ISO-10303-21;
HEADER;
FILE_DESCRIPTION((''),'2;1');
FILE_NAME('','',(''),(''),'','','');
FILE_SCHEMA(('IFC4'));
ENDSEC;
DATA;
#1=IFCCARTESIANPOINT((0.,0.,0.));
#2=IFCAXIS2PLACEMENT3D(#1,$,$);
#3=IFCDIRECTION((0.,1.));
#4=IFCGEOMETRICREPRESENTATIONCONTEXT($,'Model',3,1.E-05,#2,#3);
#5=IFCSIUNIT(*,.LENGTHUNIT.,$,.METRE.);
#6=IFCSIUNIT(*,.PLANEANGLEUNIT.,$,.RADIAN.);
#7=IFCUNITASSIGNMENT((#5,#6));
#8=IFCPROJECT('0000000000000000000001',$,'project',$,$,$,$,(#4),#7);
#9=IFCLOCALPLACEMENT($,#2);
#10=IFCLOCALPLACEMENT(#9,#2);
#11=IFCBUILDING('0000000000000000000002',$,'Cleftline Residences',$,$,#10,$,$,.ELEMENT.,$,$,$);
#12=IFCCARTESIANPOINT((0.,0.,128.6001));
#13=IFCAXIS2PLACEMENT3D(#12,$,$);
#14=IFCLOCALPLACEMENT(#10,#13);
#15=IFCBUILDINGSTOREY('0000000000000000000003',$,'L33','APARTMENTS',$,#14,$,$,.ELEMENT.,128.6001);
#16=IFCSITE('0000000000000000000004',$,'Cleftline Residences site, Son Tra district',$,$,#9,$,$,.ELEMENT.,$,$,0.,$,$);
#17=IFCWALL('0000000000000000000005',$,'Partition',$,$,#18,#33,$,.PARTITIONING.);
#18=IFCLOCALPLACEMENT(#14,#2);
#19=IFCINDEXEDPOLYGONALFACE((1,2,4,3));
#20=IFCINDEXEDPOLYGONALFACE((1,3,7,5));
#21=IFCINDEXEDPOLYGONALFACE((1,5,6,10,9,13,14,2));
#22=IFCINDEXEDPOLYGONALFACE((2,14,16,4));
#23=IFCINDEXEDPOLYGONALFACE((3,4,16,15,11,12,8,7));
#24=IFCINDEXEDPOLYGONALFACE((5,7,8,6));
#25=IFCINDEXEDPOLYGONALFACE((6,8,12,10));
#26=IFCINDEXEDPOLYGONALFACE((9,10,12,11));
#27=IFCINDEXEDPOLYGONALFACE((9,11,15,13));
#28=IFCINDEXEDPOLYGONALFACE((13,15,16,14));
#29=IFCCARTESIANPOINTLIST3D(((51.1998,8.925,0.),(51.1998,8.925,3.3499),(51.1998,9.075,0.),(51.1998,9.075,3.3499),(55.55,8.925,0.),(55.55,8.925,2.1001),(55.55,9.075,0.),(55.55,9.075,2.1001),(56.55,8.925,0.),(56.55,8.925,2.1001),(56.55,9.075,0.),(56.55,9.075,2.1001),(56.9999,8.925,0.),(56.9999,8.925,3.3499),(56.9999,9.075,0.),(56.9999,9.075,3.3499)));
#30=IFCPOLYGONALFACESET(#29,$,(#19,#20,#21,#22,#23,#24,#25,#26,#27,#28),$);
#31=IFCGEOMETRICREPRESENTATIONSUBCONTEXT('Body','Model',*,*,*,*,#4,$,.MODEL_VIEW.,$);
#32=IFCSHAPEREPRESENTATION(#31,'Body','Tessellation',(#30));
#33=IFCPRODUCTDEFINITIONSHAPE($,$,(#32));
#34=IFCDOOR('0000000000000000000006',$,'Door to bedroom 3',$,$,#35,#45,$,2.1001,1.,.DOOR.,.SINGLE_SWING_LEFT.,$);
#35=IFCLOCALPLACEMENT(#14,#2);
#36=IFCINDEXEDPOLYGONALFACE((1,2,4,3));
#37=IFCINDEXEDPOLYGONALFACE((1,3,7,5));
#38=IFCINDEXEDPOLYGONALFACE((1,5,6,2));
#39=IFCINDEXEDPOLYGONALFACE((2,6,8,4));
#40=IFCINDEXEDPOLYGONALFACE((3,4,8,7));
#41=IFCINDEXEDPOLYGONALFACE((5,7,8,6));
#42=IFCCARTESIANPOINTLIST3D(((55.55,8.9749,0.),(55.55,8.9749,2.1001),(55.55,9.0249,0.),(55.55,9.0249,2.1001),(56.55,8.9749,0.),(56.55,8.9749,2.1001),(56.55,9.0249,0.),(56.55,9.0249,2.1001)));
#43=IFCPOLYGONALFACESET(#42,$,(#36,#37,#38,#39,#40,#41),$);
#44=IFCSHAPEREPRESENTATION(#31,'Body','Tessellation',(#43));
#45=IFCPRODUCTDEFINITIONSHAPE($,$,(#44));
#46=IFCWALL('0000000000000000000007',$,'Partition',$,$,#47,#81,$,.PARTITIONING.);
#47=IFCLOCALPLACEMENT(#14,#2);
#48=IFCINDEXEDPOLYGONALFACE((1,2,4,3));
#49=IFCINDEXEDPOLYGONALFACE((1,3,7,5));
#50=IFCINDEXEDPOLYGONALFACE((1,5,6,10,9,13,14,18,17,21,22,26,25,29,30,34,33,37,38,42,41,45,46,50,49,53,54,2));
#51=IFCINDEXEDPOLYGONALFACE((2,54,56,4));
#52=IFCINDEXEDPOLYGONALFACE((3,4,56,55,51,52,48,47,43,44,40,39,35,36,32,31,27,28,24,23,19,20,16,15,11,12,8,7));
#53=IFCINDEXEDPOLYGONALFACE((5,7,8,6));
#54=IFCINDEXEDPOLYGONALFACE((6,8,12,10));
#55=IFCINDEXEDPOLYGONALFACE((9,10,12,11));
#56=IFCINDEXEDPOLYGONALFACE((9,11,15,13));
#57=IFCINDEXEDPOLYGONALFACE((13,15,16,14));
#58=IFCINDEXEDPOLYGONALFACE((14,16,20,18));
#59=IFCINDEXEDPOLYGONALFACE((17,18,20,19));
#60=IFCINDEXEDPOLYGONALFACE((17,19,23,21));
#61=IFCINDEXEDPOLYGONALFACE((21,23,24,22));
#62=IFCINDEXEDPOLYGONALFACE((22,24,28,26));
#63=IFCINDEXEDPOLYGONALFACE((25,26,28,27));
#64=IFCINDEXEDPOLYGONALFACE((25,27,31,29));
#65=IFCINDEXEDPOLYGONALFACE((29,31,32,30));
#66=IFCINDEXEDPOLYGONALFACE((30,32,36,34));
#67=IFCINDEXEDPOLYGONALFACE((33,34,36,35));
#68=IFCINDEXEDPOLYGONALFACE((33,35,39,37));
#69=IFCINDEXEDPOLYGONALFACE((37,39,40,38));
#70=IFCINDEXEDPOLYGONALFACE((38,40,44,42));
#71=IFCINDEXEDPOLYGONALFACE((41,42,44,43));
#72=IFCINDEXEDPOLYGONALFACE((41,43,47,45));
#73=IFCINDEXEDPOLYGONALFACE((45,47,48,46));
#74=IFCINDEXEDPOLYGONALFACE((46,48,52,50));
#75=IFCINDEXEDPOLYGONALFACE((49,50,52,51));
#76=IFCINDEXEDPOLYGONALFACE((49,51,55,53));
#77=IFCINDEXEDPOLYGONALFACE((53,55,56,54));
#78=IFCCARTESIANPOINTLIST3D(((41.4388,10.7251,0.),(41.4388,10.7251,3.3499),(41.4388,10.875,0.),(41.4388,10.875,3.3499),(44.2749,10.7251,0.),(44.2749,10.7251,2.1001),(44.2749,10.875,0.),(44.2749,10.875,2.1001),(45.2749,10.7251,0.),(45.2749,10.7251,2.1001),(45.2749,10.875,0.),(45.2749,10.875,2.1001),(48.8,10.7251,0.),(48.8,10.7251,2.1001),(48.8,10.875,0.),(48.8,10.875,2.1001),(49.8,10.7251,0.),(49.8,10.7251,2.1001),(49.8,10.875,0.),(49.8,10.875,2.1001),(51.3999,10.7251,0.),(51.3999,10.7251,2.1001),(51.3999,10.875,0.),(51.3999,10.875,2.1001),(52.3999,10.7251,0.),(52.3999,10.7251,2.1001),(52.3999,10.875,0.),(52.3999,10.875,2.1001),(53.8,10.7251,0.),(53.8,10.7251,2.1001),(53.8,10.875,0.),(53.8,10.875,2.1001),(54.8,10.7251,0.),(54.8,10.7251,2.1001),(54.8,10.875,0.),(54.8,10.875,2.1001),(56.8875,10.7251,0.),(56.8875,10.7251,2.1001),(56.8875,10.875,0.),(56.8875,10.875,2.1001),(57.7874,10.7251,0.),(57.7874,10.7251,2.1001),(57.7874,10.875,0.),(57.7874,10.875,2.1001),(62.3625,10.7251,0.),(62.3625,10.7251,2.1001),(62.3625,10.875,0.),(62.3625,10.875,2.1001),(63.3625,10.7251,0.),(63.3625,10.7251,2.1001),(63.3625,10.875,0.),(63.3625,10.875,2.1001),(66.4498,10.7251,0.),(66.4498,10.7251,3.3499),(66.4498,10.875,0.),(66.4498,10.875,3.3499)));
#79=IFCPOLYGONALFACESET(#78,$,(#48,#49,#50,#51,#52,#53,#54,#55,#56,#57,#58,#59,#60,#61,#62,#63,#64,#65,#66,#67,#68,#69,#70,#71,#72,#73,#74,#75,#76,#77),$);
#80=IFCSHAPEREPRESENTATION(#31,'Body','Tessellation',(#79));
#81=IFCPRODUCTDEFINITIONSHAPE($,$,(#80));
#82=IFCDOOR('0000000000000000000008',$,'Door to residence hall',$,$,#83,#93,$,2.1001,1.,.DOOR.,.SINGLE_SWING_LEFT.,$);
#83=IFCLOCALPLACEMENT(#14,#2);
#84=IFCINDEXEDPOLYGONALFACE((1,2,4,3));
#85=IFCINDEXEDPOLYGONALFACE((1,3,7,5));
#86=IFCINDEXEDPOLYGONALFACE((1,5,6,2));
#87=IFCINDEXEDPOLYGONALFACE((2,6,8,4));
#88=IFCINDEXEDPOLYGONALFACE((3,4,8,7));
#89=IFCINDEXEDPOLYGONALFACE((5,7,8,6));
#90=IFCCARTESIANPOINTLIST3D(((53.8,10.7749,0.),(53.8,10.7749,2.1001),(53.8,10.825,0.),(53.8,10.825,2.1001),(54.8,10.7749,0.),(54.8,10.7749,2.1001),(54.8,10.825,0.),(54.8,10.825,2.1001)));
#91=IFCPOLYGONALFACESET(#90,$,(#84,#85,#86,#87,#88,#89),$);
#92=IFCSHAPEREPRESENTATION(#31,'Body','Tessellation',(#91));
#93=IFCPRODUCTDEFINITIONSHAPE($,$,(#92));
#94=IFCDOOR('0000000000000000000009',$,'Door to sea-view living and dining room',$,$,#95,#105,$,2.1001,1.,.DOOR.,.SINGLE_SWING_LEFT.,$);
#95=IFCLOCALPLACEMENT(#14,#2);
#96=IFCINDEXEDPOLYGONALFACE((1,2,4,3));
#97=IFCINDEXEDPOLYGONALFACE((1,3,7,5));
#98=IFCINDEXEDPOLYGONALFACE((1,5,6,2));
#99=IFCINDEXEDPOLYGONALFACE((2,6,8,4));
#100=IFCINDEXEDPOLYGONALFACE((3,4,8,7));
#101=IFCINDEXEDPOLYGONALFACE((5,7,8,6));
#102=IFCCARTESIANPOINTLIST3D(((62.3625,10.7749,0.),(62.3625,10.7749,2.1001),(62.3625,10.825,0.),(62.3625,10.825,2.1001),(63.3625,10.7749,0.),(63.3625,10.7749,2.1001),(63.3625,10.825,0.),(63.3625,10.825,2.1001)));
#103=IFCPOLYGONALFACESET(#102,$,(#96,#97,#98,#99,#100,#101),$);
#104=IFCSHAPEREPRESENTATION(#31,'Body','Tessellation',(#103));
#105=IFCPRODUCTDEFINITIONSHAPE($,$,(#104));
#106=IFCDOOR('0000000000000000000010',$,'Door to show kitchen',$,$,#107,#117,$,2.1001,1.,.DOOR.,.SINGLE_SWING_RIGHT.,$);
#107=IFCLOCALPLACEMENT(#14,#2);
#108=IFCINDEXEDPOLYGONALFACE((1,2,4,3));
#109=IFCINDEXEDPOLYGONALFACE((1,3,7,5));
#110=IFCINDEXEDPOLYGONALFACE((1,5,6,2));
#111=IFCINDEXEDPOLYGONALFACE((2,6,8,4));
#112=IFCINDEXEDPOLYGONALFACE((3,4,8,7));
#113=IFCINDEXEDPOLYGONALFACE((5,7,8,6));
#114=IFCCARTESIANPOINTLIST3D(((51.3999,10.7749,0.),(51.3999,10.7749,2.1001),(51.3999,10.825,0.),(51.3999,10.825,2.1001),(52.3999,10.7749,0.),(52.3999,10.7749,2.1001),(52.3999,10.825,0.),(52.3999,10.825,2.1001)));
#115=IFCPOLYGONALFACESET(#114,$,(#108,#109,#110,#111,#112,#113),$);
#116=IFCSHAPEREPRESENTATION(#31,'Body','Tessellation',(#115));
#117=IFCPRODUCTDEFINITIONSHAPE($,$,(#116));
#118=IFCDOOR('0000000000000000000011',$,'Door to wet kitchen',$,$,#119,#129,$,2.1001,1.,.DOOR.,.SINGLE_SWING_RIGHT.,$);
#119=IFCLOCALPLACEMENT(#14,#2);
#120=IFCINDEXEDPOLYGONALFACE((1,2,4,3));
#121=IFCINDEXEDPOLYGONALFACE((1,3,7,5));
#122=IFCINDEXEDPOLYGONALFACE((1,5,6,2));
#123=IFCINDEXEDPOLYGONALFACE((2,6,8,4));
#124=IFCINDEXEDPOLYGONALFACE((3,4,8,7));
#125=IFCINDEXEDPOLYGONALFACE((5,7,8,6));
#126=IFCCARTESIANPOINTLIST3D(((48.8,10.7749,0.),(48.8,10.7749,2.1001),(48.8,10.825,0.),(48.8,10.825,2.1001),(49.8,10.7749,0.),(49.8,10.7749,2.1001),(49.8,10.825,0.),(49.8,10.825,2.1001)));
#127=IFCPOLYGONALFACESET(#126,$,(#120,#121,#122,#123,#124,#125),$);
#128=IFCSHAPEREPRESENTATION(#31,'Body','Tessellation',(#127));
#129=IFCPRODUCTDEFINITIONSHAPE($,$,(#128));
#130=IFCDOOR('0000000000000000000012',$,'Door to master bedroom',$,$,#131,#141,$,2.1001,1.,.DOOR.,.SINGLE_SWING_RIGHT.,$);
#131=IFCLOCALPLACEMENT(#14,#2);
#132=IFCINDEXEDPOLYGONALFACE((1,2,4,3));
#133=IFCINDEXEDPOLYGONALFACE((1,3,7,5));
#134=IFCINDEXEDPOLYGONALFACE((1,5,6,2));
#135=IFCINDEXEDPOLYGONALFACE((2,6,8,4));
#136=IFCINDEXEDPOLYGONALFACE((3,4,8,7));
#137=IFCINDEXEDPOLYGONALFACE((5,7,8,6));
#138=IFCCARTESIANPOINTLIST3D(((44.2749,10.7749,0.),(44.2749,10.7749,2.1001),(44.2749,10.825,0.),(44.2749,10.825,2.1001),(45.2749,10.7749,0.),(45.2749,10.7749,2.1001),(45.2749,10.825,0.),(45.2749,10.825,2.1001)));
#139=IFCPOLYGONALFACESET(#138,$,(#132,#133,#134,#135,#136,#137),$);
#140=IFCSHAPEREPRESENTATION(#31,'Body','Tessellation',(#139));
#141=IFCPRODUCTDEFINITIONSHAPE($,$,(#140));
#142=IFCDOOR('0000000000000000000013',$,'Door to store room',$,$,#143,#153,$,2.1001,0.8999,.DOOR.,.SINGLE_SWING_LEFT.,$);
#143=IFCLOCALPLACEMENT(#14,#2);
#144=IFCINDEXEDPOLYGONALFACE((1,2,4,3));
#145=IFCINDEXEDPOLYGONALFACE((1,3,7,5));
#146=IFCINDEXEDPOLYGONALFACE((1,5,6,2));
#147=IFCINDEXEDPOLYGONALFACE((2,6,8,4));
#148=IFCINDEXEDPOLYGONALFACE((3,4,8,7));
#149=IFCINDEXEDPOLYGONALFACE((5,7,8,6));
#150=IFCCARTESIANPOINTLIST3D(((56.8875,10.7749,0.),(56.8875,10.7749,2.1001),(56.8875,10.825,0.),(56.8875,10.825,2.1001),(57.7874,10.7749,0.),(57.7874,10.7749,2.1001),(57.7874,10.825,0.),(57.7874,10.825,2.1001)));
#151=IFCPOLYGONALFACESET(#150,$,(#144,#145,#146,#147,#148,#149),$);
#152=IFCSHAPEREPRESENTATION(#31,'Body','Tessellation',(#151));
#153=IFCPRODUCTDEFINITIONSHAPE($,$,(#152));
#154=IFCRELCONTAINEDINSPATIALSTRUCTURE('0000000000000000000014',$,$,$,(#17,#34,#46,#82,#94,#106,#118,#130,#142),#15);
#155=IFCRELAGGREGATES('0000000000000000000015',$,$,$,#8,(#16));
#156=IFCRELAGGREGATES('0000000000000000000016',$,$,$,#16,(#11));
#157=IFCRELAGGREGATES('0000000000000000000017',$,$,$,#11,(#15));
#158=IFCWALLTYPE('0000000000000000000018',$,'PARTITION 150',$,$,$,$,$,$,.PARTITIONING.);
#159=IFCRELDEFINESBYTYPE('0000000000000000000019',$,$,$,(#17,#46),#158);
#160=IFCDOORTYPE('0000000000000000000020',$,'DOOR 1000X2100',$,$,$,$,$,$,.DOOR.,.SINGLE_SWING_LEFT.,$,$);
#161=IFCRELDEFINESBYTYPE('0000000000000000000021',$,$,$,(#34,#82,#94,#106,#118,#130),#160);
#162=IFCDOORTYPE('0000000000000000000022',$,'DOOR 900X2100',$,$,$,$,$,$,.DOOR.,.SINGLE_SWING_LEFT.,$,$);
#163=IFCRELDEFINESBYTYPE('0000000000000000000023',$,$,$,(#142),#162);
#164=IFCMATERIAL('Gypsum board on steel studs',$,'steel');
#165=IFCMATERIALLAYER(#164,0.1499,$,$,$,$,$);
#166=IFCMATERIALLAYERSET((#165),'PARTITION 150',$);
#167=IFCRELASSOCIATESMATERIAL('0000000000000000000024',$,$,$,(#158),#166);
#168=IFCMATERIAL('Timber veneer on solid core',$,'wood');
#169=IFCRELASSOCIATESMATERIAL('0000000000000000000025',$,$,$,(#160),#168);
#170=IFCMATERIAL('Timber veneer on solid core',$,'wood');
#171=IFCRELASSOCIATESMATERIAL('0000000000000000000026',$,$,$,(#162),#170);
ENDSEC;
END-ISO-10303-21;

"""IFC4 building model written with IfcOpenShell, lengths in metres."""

from ifc_helpers import new_model, si_unit, direction, frame, frame_2d, origin, place, context, subcontext, project, spatial, rectangle, extrude, material, layer, layer_set, type_object, element, fill, save


model = new_model("IFC4")

# Units and contexts
model_context = context("Model", 3, precision=1e-05, world=origin(), true_north=direction((0.0, 1.0)))
body_context = subcontext(model_context, "Body", "Model", "MODEL_VIEW")
ifc_project = project(units=[si_unit("LENGTHUNIT", "METRE"), si_unit("PLANEANGLEUNIT", "RADIAN")], contexts=[model_context])

# Site, building, storey
site_placement = place(None, origin())
site = spatial("IfcSite", under=ifc_project, at=site_placement, Name="Cleftline Residences site, Son Tra district", CompositionType="ELEMENT", RefElevation=0.0)
building_placement = place(site_placement, origin())
building = spatial("IfcBuilding", under=site, at=building_placement, Name="Cleftline Residences", CompositionType="ELEMENT")
storey_placement = place(building_placement, frame((0.0, 0.0, 128.6001)))
storey = spatial("IfcBuildingStorey", under=building, at=storey_placement, Name="L33", Description="APARTMENTS", CompositionType="ELEMENT", Elevation=128.6001)

# Shared definitions
ifc_material_1 = material(Name="Gypsum board on steel studs", Category="steel")
ifc_layer_1 = layer(ifc_material_1, 0.1499)
ifc_layer_set_1 = layer_set([ifc_layer_1], Name="PARTITION 150")
wall_type = type_object("IfcWallType", Name="PARTITION 150", PredefinedType="PARTITIONING", material=ifc_layer_set_1)

# Shared definitions
ifc_material_2 = material(Name="Timber veneer on solid core", Category="wood")
door_type_1 = type_object("IfcDoorType", Name="DOOR 1000X2100", OperationType="SINGLE_SWING_LEFT", PredefinedType="DOOR", material=ifc_material_2)

# Wall, opening, door
wall_1_placement = place(storey_placement, frame((51.2, 9.0, 0.0), z_axis=(0.0, 0.0, 1.0), x_axis=(1.0, 0.0, 0.0)))
wall_1 = element("IfcWall", 1, at=wall_1_placement, inside=storey, type_object=wall_type, Name="Partition", PredefinedType="PARTITIONING", context=body_context, shape_type="SweptSolid", body=[
    extrude(rectangle(XDim=5.8, YDim=0.1499, at=frame_2d((2.8999, 0.0))), origin(), (0.0, 0.0, 1.0), 3.3499),
])
opening_1_placement = place(wall_1_placement, frame((4.3501, 0.0, 0.0)))
opening_1 = element("IfcOpeningElement", 2, at=opening_1_placement, cuts=wall_1, PredefinedType="OPENING", context=body_context, shape_type="SweptSolid", body=[
    extrude(rectangle(XDim=1.0, YDim=2.1001, at=frame_2d((0.5, 1.05))), frame((0.0, 0.085, 0.0), z_axis=(0.0, -1.0, 0.0), x_axis=(1.0, 0.0, 0.0)), (0.0, 0.0, 1.0), 0.1699),
])
door_1_placement = place(opening_1_placement, origin())
door_1 = element("IfcDoor", 3, at=door_1_placement, inside=storey, type_object=door_type_1, Name="Door to bedroom 3", OperationType="SINGLE_SWING_LEFT", OverallHeight=2.1001, OverallWidth=1.0, PredefinedType="DOOR", context=body_context, shape_type="SweptSolid", body=[
    extrude(rectangle(XDim=1.0, YDim=2.1001, at=frame_2d((0.5, 1.05))), frame((0.0, 0.0249, 0.0), z_axis=(0.0, -1.0, 0.0), x_axis=(1.0, 0.0, 0.0)), (0.0, 0.0, 1.0), 0.05),
])
fill(opening_1, door_1)

# Wall, openings, doors
wall_2_placement = place(storey_placement, frame((41.439, 10.8, 0.0), z_axis=(0.0, 0.0, 1.0), x_axis=(1.0, 0.0, 0.0)))
wall_2 = element("IfcWall", 4, at=wall_2_placement, inside=storey, type_object=wall_type, Name="Partition", PredefinedType="PARTITIONING", context=body_context, shape_type="SweptSolid", body=[
    extrude(rectangle(XDim=25.011, YDim=0.1499, at=frame_2d((12.5054, 0.0))), origin(), (0.0, 0.0, 1.0), 3.3499),
])
opening_2_placement = place(wall_2_placement, frame((12.3611, 0.0, 0.0)))
opening_2 = element("IfcOpeningElement", 5, at=opening_2_placement, cuts=wall_2, PredefinedType="OPENING", context=body_context, shape_type="SweptSolid", body=[
    extrude(rectangle(XDim=1.0, YDim=2.1001, at=frame_2d((0.5, 1.05))), frame((0.0, 0.085, 0.0), z_axis=(0.0, -1.0, 0.0), x_axis=(1.0, 0.0, 0.0)), (0.0, 0.0, 1.0), 0.1699),
])
opening_3_placement = place(wall_2_placement, frame((20.9236, 0.0, 0.0)))
opening_3 = element("IfcOpeningElement", 6, at=opening_3_placement, cuts=wall_2, PredefinedType="OPENING", context=body_context, shape_type="SweptSolid", body=[
    extrude(rectangle(XDim=1.0, YDim=2.1001, at=frame_2d((0.5, 1.05))), frame((0.0, 0.085, 0.0), z_axis=(0.0, -1.0, 0.0), x_axis=(1.0, 0.0, 0.0)), (0.0, 0.0, 1.0), 0.1699),
])
opening_4_placement = place(wall_2_placement, frame((15.4485, 0.0, 0.0)))
opening_4 = element("IfcOpeningElement", 7, at=opening_4_placement, cuts=wall_2, PredefinedType="OPENING", context=body_context, shape_type="SweptSolid", body=[
    extrude(rectangle(XDim=0.8999, YDim=2.1001, at=frame_2d((0.45, 1.05))), frame((0.0, 0.085, 0.0), z_axis=(0.0, -1.0, 0.0), x_axis=(1.0, 0.0, 0.0)), (0.0, 0.0, 1.0), 0.1699),
])
opening_5_placement = place(wall_2_placement, frame((9.9609, 0.0, 0.0)))
opening_5 = element("IfcOpeningElement", 8, at=opening_5_placement, cuts=wall_2, PredefinedType="OPENING", context=body_context, shape_type="SweptSolid", body=[
    extrude(rectangle(XDim=1.0, YDim=2.1001, at=frame_2d((0.5, 1.05))), frame((0.0, 0.085, 0.0), z_axis=(0.0, -1.0, 0.0), x_axis=(1.0, 0.0, 0.0)), (0.0, 0.0, 1.0), 0.1699),
])
opening_6_placement = place(wall_2_placement, frame((7.3611, 0.0, 0.0)))
opening_6 = element("IfcOpeningElement", 9, at=opening_6_placement, cuts=wall_2, PredefinedType="OPENING", context=body_context, shape_type="SweptSolid", body=[
    extrude(rectangle(XDim=1.0, YDim=2.1001, at=frame_2d((0.5, 1.05))), frame((0.0, 0.085, 0.0), z_axis=(0.0, -1.0, 0.0), x_axis=(1.0, 0.0, 0.0)), (0.0, 0.0, 1.0), 0.1699),
])
opening_7_placement = place(wall_2_placement, frame((2.8359, 0.0, 0.0)))
opening_7 = element("IfcOpeningElement", 10, at=opening_7_placement, cuts=wall_2, PredefinedType="OPENING", context=body_context, shape_type="SweptSolid", body=[
    extrude(rectangle(XDim=1.0, YDim=2.1001, at=frame_2d((0.5, 1.05))), frame((0.0, 0.085, 0.0), z_axis=(0.0, -1.0, 0.0), x_axis=(1.0, 0.0, 0.0)), (0.0, 0.0, 1.0), 0.1699),
])
door_2_placement = place(opening_2_placement, origin())
door_2 = element("IfcDoor", 11, at=door_2_placement, inside=storey, type_object=door_type_1, Name="Door to residence hall", OperationType="SINGLE_SWING_LEFT", OverallHeight=2.1001, OverallWidth=1.0, PredefinedType="DOOR", context=body_context, shape_type="SweptSolid", body=[
    extrude(rectangle(XDim=1.0, YDim=2.1001, at=frame_2d((0.5, 1.05))), frame((0.0, 0.0249, 0.0), z_axis=(0.0, -1.0, 0.0), x_axis=(1.0, 0.0, 0.0)), (0.0, 0.0, 1.0), 0.05),
])
fill(opening_2, door_2)
door_3_placement = place(opening_3_placement, origin())
door_3 = element("IfcDoor", 12, at=door_3_placement, inside=storey, type_object=door_type_1, Name="Door to sea-view living and dining room", OperationType="SINGLE_SWING_LEFT", OverallHeight=2.1001, OverallWidth=1.0, PredefinedType="DOOR", context=body_context, shape_type="SweptSolid", body=[
    extrude(rectangle(XDim=1.0, YDim=2.1001, at=frame_2d((0.5, 1.05))), frame((0.0, 0.0249, 0.0), z_axis=(0.0, -1.0, 0.0), x_axis=(1.0, 0.0, 0.0)), (0.0, 0.0, 1.0), 0.05),
])
fill(opening_3, door_3)
door_4_placement = place(opening_5_placement, origin())
door_4 = element("IfcDoor", 13, at=door_4_placement, inside=storey, type_object=door_type_1, Name="Door to show kitchen", OperationType="SINGLE_SWING_RIGHT", OverallHeight=2.1001, OverallWidth=1.0, PredefinedType="DOOR", context=body_context, shape_type="SweptSolid", body=[
    extrude(rectangle(XDim=1.0, YDim=2.1001, at=frame_2d((0.5, 1.05))), frame((0.0, 0.0249, 0.0), z_axis=(0.0, -1.0, 0.0), x_axis=(1.0, 0.0, 0.0)), (0.0, 0.0, 1.0), 0.05),
])
fill(opening_5, door_4)
door_5_placement = place(opening_6_placement, origin())
door_5 = element("IfcDoor", 14, at=door_5_placement, inside=storey, type_object=door_type_1, Name="Door to wet kitchen", OperationType="SINGLE_SWING_RIGHT", OverallHeight=2.1001, OverallWidth=1.0, PredefinedType="DOOR", context=body_context, shape_type="SweptSolid", body=[
    extrude(rectangle(XDim=1.0, YDim=2.1001, at=frame_2d((0.5, 1.05))), frame((0.0, 0.0249, 0.0), z_axis=(0.0, -1.0, 0.0), x_axis=(1.0, 0.0, 0.0)), (0.0, 0.0, 1.0), 0.05),
])
fill(opening_6, door_5)
door_6_placement = place(opening_7_placement, origin())
door_6 = element("IfcDoor", 15, at=door_6_placement, inside=storey, type_object=door_type_1, Name="Door to master bedroom", OperationType="SINGLE_SWING_RIGHT", OverallHeight=2.1001, OverallWidth=1.0, PredefinedType="DOOR", context=body_context, shape_type="SweptSolid", body=[
    extrude(rectangle(XDim=1.0, YDim=2.1001, at=frame_2d((0.5, 1.05))), frame((0.0, 0.0249, 0.0), z_axis=(0.0, -1.0, 0.0), x_axis=(1.0, 0.0, 0.0)), (0.0, 0.0, 1.0), 0.05),
])
fill(opening_7, door_6)
ifc_material_3 = material(Name="Timber veneer on solid core", Category="wood")
door_type_2 = type_object("IfcDoorType", Name="DOOR 900X2100", OperationType="SINGLE_SWING_LEFT", PredefinedType="DOOR", material=ifc_material_3)
door_7_placement = place(opening_4_placement, origin())
door_7 = element("IfcDoor", 16, at=door_7_placement, inside=storey, type_object=door_type_2, Name="Door to store room", OperationType="SINGLE_SWING_LEFT", OverallHeight=2.1001, OverallWidth=0.8999, PredefinedType="DOOR", context=body_context, shape_type="SweptSolid", body=[
    extrude(rectangle(XDim=0.8999, YDim=2.1001, at=frame_2d((0.45, 1.05))), frame((0.0, 0.0249, 0.0), z_axis=(0.0, -1.0, 0.0), x_axis=(1.0, 0.0, 0.0)), (0.0, 0.0, 1.0), 0.05),
])
fill(opening_4, door_7)

save(model, "model.ifc")
